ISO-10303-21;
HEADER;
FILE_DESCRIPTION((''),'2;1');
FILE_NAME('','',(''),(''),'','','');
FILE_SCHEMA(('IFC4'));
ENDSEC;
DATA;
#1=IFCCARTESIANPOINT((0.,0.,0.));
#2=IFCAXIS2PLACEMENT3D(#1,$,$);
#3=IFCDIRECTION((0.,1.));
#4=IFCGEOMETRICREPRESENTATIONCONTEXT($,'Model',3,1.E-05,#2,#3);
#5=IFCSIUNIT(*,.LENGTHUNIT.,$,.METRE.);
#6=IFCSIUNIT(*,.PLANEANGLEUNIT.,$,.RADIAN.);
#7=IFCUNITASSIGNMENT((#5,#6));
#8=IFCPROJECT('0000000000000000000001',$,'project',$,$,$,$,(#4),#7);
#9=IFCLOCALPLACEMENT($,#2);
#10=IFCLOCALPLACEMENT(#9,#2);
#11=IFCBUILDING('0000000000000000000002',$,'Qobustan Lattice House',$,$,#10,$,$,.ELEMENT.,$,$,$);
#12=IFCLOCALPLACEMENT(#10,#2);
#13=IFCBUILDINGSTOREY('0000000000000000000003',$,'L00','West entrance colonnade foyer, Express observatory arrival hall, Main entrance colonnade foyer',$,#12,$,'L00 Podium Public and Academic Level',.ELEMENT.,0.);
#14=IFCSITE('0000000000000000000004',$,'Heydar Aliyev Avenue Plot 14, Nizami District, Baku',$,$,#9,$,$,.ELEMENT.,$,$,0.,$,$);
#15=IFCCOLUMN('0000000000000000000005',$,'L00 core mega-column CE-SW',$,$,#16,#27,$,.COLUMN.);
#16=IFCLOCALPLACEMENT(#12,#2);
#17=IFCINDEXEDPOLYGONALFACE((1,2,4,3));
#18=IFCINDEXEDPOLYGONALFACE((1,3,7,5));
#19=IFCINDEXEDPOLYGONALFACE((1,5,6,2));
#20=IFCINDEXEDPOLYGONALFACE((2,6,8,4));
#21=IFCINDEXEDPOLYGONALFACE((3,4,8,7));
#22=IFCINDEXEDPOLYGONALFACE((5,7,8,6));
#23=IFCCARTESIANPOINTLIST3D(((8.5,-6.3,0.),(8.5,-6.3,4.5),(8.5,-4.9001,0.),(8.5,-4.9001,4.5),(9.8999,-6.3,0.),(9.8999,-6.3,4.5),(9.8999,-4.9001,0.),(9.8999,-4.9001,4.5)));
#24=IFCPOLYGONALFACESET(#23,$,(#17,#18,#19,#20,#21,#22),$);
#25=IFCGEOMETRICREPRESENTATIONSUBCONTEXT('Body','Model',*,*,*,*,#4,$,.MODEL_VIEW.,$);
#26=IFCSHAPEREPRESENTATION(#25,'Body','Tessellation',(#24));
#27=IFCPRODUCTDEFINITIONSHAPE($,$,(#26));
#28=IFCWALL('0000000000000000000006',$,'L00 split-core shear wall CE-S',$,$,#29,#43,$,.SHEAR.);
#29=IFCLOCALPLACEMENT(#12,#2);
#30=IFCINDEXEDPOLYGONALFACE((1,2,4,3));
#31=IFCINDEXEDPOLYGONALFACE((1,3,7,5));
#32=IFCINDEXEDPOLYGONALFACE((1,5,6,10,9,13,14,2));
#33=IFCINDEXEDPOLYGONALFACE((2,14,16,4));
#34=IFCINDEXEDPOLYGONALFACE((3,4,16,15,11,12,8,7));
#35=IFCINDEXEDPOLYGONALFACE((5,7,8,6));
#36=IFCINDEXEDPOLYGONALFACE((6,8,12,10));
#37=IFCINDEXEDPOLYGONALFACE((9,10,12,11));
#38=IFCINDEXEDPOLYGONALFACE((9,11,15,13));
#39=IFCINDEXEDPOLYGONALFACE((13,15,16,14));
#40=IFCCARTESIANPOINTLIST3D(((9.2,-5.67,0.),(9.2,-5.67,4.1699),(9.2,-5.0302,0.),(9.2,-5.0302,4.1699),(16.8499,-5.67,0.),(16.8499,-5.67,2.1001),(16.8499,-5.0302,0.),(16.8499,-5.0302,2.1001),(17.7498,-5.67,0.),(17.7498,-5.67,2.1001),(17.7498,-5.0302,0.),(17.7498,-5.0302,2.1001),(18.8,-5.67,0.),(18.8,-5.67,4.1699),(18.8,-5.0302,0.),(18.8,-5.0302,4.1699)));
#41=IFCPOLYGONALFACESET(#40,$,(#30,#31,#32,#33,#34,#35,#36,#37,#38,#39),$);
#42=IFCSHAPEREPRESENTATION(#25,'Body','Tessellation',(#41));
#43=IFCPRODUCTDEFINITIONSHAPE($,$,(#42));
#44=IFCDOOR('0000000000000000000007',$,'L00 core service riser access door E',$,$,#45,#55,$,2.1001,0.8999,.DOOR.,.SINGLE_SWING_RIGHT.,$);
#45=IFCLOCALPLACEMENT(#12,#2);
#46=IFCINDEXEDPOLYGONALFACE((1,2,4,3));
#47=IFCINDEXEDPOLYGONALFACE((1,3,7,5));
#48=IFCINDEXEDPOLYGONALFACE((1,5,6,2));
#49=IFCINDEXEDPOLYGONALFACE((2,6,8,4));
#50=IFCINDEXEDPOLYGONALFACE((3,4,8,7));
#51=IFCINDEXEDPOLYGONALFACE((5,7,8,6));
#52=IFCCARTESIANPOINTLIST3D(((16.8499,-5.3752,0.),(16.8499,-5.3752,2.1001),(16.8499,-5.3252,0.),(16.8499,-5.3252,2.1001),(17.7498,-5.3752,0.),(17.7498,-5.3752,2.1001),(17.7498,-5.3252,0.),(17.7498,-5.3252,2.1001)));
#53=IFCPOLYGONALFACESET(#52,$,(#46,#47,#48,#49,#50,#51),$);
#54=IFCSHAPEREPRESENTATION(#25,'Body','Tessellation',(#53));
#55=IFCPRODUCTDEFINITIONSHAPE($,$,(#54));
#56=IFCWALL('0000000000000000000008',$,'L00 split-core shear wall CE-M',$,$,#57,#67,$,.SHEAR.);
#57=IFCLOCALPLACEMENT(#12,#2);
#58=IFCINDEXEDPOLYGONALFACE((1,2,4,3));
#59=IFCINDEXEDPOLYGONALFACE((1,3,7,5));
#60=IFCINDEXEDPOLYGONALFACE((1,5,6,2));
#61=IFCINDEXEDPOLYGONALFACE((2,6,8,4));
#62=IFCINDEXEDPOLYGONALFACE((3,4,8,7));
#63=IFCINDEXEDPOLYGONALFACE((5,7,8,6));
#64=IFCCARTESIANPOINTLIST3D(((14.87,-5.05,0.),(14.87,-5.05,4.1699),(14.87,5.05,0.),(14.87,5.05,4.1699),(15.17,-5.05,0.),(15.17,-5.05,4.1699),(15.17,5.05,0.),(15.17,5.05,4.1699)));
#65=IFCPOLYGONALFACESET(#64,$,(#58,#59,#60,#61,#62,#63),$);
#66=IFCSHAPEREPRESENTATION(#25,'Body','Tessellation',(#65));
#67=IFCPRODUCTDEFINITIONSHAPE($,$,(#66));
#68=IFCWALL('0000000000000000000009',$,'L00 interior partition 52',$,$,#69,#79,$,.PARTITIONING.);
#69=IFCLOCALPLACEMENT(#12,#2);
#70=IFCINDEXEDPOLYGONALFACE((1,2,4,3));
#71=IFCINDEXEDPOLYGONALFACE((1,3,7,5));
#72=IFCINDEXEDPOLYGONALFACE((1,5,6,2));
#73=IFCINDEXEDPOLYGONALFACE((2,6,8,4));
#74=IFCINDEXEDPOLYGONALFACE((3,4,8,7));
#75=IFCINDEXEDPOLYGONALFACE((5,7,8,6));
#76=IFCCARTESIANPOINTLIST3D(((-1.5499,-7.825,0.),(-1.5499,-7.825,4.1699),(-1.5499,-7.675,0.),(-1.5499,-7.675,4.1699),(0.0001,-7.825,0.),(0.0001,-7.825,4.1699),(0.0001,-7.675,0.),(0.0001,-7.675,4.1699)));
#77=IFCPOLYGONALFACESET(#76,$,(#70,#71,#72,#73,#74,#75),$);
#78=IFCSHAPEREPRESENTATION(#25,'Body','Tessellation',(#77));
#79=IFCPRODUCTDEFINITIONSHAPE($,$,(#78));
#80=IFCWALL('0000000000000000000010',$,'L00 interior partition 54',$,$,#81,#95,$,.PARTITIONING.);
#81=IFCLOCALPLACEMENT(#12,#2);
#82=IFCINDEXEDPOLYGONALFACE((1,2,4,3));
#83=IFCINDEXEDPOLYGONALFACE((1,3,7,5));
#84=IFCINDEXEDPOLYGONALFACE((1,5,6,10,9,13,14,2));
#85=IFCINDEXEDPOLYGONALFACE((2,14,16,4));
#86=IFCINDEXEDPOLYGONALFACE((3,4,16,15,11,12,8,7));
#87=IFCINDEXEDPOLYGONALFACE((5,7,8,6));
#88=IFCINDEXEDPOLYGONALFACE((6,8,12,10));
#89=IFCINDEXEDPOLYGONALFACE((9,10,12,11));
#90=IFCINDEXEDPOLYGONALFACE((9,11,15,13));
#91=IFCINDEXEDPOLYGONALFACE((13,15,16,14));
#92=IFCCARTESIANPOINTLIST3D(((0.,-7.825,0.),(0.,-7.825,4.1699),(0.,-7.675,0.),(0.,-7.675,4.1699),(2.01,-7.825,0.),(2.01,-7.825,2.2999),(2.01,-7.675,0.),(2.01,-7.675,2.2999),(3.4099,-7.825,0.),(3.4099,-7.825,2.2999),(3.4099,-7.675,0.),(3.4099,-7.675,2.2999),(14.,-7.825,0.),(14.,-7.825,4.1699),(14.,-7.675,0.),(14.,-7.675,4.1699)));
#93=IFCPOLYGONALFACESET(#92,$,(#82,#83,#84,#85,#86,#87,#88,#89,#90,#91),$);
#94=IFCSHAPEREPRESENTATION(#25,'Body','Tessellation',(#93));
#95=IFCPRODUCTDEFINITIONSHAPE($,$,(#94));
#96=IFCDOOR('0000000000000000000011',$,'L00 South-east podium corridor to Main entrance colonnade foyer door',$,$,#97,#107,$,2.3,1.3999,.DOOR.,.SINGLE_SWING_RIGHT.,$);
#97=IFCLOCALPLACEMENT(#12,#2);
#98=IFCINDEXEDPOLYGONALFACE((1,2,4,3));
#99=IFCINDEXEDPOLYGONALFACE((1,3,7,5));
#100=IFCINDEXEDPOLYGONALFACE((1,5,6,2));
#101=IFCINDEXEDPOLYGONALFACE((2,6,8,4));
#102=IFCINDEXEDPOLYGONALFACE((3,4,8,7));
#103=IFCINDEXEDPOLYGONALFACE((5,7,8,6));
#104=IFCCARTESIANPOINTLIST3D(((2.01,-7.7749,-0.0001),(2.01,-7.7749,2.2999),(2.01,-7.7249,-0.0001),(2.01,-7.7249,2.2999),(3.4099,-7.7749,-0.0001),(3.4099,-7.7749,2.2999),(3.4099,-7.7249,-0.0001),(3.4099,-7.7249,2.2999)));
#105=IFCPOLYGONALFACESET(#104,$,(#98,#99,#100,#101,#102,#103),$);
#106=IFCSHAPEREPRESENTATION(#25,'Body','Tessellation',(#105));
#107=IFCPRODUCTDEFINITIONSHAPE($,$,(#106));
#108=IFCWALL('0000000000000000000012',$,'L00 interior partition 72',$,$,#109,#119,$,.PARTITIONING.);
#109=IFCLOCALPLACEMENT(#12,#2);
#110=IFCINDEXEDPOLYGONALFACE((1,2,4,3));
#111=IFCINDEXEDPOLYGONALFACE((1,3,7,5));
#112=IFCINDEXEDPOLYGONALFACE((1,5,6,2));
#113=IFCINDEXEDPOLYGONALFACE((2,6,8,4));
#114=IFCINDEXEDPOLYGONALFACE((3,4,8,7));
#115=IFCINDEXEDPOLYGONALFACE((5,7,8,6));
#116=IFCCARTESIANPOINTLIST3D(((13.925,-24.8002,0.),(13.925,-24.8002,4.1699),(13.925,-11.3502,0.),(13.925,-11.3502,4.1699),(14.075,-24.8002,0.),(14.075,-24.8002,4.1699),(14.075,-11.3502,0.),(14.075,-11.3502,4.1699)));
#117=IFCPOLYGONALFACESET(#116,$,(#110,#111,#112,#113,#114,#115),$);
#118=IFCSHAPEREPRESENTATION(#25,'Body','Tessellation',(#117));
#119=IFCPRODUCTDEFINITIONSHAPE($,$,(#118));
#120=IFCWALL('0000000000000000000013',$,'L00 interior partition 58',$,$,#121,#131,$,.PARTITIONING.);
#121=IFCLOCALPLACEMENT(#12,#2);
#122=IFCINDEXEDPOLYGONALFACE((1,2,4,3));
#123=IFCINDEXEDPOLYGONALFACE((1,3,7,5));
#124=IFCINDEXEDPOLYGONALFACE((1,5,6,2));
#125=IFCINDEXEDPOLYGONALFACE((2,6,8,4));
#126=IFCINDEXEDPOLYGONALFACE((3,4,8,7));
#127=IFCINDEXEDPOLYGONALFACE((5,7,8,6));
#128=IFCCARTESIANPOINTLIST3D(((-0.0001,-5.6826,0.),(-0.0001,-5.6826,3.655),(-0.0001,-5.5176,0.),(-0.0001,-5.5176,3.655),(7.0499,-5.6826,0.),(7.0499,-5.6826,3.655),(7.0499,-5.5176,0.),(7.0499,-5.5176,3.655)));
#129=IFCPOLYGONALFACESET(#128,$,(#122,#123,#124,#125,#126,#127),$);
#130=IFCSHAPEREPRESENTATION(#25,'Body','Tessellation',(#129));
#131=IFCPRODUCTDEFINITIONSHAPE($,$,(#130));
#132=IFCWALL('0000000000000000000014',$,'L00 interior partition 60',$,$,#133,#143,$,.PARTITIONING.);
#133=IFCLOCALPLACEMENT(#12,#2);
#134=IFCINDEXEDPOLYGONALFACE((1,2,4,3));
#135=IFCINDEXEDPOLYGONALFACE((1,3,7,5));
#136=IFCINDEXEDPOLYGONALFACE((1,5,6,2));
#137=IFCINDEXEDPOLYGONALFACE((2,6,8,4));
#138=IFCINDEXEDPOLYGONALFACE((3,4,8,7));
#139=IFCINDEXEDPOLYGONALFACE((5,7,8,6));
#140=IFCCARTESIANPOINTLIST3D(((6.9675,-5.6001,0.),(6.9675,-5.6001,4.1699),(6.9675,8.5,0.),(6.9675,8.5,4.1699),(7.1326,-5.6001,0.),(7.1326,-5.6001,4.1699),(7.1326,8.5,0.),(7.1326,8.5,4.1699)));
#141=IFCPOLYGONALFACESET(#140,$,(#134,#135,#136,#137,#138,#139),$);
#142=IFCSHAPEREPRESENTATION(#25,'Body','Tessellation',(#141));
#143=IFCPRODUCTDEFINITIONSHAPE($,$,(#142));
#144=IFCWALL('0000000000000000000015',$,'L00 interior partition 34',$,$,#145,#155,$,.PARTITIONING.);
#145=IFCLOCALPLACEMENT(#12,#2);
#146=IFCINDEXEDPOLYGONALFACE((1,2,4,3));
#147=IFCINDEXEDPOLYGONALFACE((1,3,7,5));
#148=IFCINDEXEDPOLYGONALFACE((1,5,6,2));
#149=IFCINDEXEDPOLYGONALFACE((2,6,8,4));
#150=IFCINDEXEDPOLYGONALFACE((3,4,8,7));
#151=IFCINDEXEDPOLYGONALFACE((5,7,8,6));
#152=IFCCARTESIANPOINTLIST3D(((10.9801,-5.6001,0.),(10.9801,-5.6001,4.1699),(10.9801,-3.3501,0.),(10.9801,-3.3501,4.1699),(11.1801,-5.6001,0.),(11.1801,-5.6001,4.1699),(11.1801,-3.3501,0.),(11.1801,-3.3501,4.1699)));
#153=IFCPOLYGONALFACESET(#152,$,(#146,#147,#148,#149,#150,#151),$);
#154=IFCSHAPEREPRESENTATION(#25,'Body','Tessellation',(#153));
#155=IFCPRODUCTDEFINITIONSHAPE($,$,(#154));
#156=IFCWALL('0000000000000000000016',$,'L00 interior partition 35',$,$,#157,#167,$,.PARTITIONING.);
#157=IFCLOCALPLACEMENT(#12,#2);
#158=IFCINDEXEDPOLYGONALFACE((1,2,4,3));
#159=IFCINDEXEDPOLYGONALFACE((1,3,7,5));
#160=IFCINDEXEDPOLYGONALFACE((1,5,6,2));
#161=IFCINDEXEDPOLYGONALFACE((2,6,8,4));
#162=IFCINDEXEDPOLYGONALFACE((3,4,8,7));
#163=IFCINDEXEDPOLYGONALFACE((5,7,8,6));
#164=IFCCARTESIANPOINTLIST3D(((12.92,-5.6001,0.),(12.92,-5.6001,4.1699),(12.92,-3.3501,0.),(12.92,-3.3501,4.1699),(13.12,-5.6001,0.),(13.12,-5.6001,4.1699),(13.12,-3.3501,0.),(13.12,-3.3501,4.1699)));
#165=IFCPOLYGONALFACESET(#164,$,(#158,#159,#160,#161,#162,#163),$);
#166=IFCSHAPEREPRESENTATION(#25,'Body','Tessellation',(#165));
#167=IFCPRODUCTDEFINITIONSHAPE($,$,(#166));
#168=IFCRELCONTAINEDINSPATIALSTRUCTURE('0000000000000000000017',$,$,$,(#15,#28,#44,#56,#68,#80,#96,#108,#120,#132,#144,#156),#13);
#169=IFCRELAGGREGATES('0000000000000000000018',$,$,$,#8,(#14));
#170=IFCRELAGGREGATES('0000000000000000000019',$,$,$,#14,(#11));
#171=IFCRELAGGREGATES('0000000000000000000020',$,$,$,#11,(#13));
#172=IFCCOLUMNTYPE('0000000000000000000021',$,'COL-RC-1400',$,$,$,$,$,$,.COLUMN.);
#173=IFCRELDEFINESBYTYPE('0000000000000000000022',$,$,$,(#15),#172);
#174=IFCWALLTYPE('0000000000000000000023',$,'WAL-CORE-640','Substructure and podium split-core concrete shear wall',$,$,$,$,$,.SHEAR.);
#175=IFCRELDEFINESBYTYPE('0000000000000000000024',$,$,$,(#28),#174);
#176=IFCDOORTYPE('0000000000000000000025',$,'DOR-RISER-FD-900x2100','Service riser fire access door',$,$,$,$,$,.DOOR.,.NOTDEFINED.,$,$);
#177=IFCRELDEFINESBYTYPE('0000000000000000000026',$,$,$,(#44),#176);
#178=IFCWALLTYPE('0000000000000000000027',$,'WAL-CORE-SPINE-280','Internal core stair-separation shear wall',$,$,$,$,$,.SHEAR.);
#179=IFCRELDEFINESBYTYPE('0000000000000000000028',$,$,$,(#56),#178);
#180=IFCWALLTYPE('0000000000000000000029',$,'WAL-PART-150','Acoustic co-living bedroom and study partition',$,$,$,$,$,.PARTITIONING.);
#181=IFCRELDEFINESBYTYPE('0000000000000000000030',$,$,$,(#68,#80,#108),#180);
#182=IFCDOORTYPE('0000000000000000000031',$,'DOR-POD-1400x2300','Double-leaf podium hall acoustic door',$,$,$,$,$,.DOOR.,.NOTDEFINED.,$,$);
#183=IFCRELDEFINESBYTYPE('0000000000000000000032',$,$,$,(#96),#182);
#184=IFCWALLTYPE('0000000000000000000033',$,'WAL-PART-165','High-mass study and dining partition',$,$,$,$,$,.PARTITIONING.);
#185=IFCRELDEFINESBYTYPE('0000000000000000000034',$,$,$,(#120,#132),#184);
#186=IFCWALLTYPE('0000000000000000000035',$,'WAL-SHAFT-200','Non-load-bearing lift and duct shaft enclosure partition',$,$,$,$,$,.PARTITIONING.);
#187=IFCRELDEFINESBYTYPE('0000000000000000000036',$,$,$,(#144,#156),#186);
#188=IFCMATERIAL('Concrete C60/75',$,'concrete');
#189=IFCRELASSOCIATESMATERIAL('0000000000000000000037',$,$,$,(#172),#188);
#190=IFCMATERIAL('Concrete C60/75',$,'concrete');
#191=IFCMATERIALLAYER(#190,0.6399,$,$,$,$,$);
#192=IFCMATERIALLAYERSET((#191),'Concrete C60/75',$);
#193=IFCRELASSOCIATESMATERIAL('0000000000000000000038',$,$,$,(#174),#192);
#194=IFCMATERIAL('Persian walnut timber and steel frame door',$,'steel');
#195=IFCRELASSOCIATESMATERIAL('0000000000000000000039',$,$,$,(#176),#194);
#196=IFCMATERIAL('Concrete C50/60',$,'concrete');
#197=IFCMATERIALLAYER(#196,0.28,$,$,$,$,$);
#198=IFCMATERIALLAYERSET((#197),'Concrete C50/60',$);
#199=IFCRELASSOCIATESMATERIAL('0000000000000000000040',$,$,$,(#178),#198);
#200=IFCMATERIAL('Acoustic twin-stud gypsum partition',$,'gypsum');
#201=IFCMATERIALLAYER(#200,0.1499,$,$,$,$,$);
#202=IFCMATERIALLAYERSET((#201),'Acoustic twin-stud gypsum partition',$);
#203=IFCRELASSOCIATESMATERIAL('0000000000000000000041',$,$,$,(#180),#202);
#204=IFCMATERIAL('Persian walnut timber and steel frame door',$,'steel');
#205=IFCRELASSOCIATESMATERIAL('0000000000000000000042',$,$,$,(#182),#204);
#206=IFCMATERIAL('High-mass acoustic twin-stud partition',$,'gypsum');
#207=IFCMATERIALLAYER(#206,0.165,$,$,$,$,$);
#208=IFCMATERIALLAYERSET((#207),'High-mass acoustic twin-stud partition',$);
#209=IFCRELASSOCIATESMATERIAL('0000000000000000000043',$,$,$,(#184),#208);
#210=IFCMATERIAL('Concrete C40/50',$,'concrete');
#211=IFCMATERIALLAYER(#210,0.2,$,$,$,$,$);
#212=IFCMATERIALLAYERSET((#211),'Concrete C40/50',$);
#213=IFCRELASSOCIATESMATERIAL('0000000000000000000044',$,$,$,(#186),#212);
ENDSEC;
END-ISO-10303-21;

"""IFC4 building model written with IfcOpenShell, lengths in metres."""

from ifc_helpers import new_model, si_unit, direction, frame, frame_2d, origin, origin_2d, place, context, subcontext, project, spatial, rectangle, extrude, material, layer, layer_set, material_profile, profile_set, type_object, element, fill, save


model = new_model("IFC4")

# Units and contexts
model_context = context("Model", 3, precision=1e-05, world=origin(), true_north=direction((0.0, 1.0)))
body_context = subcontext(model_context, "Body", "Model", "MODEL_VIEW")
ifc_project = project(units=[si_unit("LENGTHUNIT", "METRE"), si_unit("PLANEANGLEUNIT", "RADIAN")], contexts=[model_context])

# Site, building, storey
site_placement = place(None, origin())
site = spatial("IfcSite", under=ifc_project, at=site_placement, Name="Heydar Aliyev Avenue Plot 14, Nizami District, Baku", CompositionType="ELEMENT", RefElevation=0.0)
building_placement = place(site_placement, origin())
building = spatial("IfcBuilding", under=site, at=building_placement, Name="Qobustan Lattice House", CompositionType="ELEMENT")
storey_placement = place(building_placement, origin())
storey = spatial("IfcBuildingStorey", under=building, at=storey_placement, Name="L00", Description="West entrance colonnade foyer, Express observatory arrival hall, Main entrance colonnade foyer", LongName="L00 Podium Public and Academic Level", CompositionType="ELEMENT", Elevation=0.0)

# Column
ifc_material_1 = material(Name="Concrete C60/75", Category="concrete")
ifc_material_profile = material_profile(ifc_material_1, rectangle(XDim=1.3999, YDim=1.3999, at=origin_2d()), Name="RC1400x1400")
ifc_profile_set = profile_set([ifc_material_profile], Name="Concrete C60/75")
column_type = type_object("IfcColumnType", Name="COL-RC-1400", PredefinedType="COLUMN", material=ifc_profile_set)
column_placement = place(storey_placement, frame((9.2, -5.6001, 0.0), z_axis=(0.0, 0.0, 1.0), x_axis=(1.0, 0.0, 0.0)))
element("IfcColumn", 1, at=column_placement, inside=storey, type_object=column_type, Name="L00 core mega-column CE-SW", PredefinedType="COLUMN", context=body_context, shape_type="SweptSolid", body=[
    extrude(rectangle(XDim=1.3999, YDim=1.3999, at=origin_2d()), origin(), (0.0, 0.0, 1.0), 4.5),
])

# Wall, opening, door
ifc_material_2 = material(Name="Concrete C60/75", Category="concrete")
ifc_layer_1 = layer(ifc_material_2, 0.6399)
ifc_layer_set_1 = layer_set([ifc_layer_1], Name="Concrete C60/75")
wall_type_1 = type_object("IfcWallType", Name="WAL-CORE-640", Description="Substructure and podium split-core concrete shear wall", PredefinedType="SHEAR", material=ifc_layer_set_1)
wall_1_placement = place(storey_placement, frame((9.2, -5.3501, 0.0), z_axis=(0.0, 0.0, 1.0), x_axis=(1.0, 0.0, 0.0)))
wall_1 = element("IfcWall", 2, at=wall_1_placement, inside=storey, type_object=wall_type_1, Name="L00 split-core shear wall CE-S", PredefinedType="SHEAR", context=body_context, shape_type="SweptSolid", body=[
    extrude(rectangle(XDim=9.6001, YDim=0.6399, at=frame_2d((4.8, 0.0))), origin(), (0.0, 0.0, 1.0), 4.1699),
])
opening_1_placement = place(wall_1_placement, frame((7.6499, 0.0, 0.0)))
opening_1 = element("IfcOpeningElement", 3, at=opening_1_placement, cuts=wall_1, PredefinedType="OPENING", context=body_context, shape_type="SweptSolid", body=[
    extrude(rectangle(XDim=0.8999, YDim=2.1001, at=frame_2d((0.45, 1.05))), frame((0.0, 0.3298, 0.0), z_axis=(0.0, -1.0, 0.0), x_axis=(1.0, 0.0, 0.0)), (0.0, 0.0, 1.0), 0.6599),
])
ifc_material_3 = material(Name="Persian walnut timber and steel frame door", Category="steel")
door_type_1 = type_object("IfcDoorType", Name="DOR-RISER-FD-900x2100", Description="Service riser fire access door", OperationType="NOTDEFINED", PredefinedType="DOOR", material=ifc_material_3)
door_1_placement = place(opening_1_placement, origin())
door_1 = element("IfcDoor", 4, at=door_1_placement, inside=storey, type_object=door_type_1, Name="L00 core service riser access door E", OperationType="SINGLE_SWING_RIGHT", OverallHeight=2.1001, OverallWidth=0.8999, PredefinedType="DOOR", context=body_context, shape_type="SweptSolid", body=[
    extrude(rectangle(XDim=0.8999, YDim=2.1001, at=frame_2d((0.45, 1.05))), frame((0.0, 0.0249, 0.0), z_axis=(0.0, -1.0, 0.0), x_axis=(1.0, 0.0, 0.0)), (0.0, 0.0, 1.0), 0.05),
])
fill(opening_1, door_1)

# Walls
ifc_material_4 = material(Name="Concrete C50/60", Category="concrete")
ifc_layer_2 = layer(ifc_material_4, 0.28)
ifc_layer_set_2 = layer_set([ifc_layer_2], Name="Concrete C50/60")
wall_type_2 = type_object("IfcWallType", Name="WAL-CORE-SPINE-280", Description="Internal core stair-separation shear wall", PredefinedType="SHEAR", material=ifc_layer_set_2)
wall_2_placement = place(storey_placement, frame((15.02, -5.05, 0.0), z_axis=(0.0, 0.0, 1.0), x_axis=(0.0, 1.0, 0.0)))
element("IfcWall", 5, at=wall_2_placement, inside=storey, type_object=wall_type_2, Name="L00 split-core shear wall CE-M", PredefinedType="SHEAR", context=body_context, shape_type="SweptSolid", body=[
    extrude(rectangle(XDim=10.1001, YDim=0.3, at=frame_2d((5.05, 0.0))), origin(), (0.0, 0.0, 1.0), 4.1699),
])
ifc_material_5 = material(Name="Acoustic twin-stud gypsum partition", Category="gypsum")
ifc_layer_3 = layer(ifc_material_5, 0.1499)
ifc_layer_set_3 = layer_set([ifc_layer_3], Name="Acoustic twin-stud gypsum partition")
wall_type_3 = type_object("IfcWallType", Name="WAL-PART-150", Description="Acoustic co-living bedroom and study partition", PredefinedType="PARTITIONING", material=ifc_layer_set_3)
wall_3_placement = place(storey_placement, frame((0.0, -7.75, 0.0), z_axis=(0.0, 0.0, 1.0), x_axis=(-1.0, 0.0, 0.0)))
element("IfcWall", 6, at=wall_3_placement, inside=storey, type_object=wall_type_3, Name="L00 interior partition 52", PredefinedType="PARTITIONING", context=body_context, shape_type="SweptSolid", body=[
    extrude(rectangle(XDim=1.55, YDim=0.1499, at=frame_2d((0.7749, 0.0))), origin(), (0.0, 0.0, 1.0), 4.1699),
])

# Wall, opening, door
wall_4_placement = place(storey_placement, frame((14.0, -7.75, 0.0), z_axis=(0.0, 0.0, 1.0), x_axis=(-1.0, 0.0, 0.0)))
wall_4 = element("IfcWall", 7, at=wall_4_placement, inside=storey, type_object=wall_type_3, Name="L00 interior partition 54", PredefinedType="PARTITIONING", context=body_context, shape_type="SweptSolid", body=[
    extrude(rectangle(XDim=14.0, YDim=0.1499, at=frame_2d((7.0, 0.0))), origin(), (0.0, 0.0, 1.0), 4.1699),
])
opening_2_placement = place(wall_4_placement, frame((10.5901, 0.0, 0.0)))
opening_2 = element("IfcOpeningElement", 8, at=opening_2_placement, cuts=wall_4, PredefinedType="OPENING", context=body_context, shape_type="SweptSolid", body=[
    extrude(rectangle(XDim=1.3999, YDim=2.3, at=frame_2d((0.7, 1.1499))), frame((0.0, 0.085, 0.0), z_axis=(0.0, -1.0, 0.0), x_axis=(1.0, 0.0, 0.0)), (0.0, 0.0, 1.0), 0.1699),
])
ifc_material_6 = material(Name="Persian walnut timber and steel frame door", Category="steel")
door_type_2 = type_object("IfcDoorType", Name="DOR-POD-1400x2300", Description="Double-leaf podium hall acoustic door", OperationType="NOTDEFINED", PredefinedType="DOOR", material=ifc_material_6)
door_2_placement = place(opening_2_placement, origin())
door_2 = element("IfcDoor", 9, at=door_2_placement, inside=storey, type_object=door_type_2, Name="L00 South-east podium corridor to Main entrance colonnade foyer door", OperationType="SINGLE_SWING_RIGHT", OverallHeight=2.3, OverallWidth=1.3999, PredefinedType="DOOR", context=body_context, shape_type="SweptSolid", body=[
    extrude(rectangle(XDim=1.3999, YDim=2.3, at=frame_2d((0.7, 1.1499))), frame((0.0, 0.0249, 0.0), z_axis=(0.0, -1.0, 0.0), x_axis=(1.0, 0.0, 0.0)), (0.0, 0.0, 1.0), 0.05),
])
fill(opening_2, door_2)

# Walls
wall_5_placement = place(storey_placement, frame((14.0, -11.3501, 0.0), z_axis=(0.0, 0.0, 1.0), x_axis=(0.0, -1.0, 0.0)))
element("IfcWall", 10, at=wall_5_placement, inside=storey, type_object=wall_type_3, Name="L00 interior partition 72", PredefinedType="PARTITIONING", context=body_context, shape_type="SweptSolid", body=[
    extrude(rectangle(XDim=13.45, YDim=0.1499, at=frame_2d((6.7251, 0.0))), origin(), (0.0, 0.0, 1.0), 4.1699),
])
ifc_material_7 = material(Name="High-mass acoustic twin-stud partition", Category="gypsum")
ifc_layer_4 = layer(ifc_material_7, 0.165)
ifc_layer_set_4 = layer_set([ifc_layer_4], Name="High-mass acoustic twin-stud partition")
wall_type_4 = type_object("IfcWallType", Name="WAL-PART-165", Description="High-mass study and dining partition", PredefinedType="PARTITIONING", material=ifc_layer_set_4)
wall_6_placement = place(storey_placement, frame((0.0, -5.6001, 0.0), z_axis=(0.0, 0.0, 1.0), x_axis=(1.0, 0.0, 0.0)))
element("IfcWall", 11, at=wall_6_placement, inside=storey, type_object=wall_type_4, Name="L00 interior partition 58", PredefinedType="PARTITIONING", context=body_context, shape_type="SweptSolid", body=[
    extrude(rectangle(XDim=7.05, YDim=0.165, at=frame_2d((3.5249, 0.0))), origin(), (0.0, 0.0, 1.0), 3.655),
])
wall_7_placement = place(storey_placement, frame((7.05, -5.6001, 0.0), z_axis=(0.0, 0.0, 1.0), x_axis=(0.0, 1.0, 0.0)))
element("IfcWall", 12, at=wall_7_placement, inside=storey, type_object=wall_type_4, Name="L00 interior partition 60", PredefinedType="PARTITIONING", context=body_context, shape_type="SweptSolid", body=[
    extrude(rectangle(XDim=14.1001, YDim=0.165, at=frame_2d((7.05, 0.0))), origin(), (0.0, 0.0, 1.0), 4.1699),
])
ifc_material_8 = material(Name="Concrete C40/50", Category="concrete")
ifc_layer_5 = layer(ifc_material_8, 0.2)
ifc_layer_set_5 = layer_set([ifc_layer_5], Name="Concrete C40/50")
wall_type_5 = type_object("IfcWallType", Name="WAL-SHAFT-200", Description="Non-load-bearing lift and duct shaft enclosure partition", PredefinedType="PARTITIONING", material=ifc_layer_set_5)
for number, where, z_axis, x_axis, name in (
    (13, (11.0801, -5.6001, 0.0), (0.0, 0.0, 1.0), (0.0, 1.0, 0.0), "L00 interior partition 34"),
    (14, (13.02, -5.6001, 0.0), (0.0, 0.0, 1.0), (0.0, 1.0, 0.0), "L00 interior partition 35"),
):
    element("IfcWall", number, at=place(storey_placement, frame(where, z_axis=z_axis, x_axis=x_axis)), inside=storey, type_object=wall_type_5, Name=name, PredefinedType="PARTITIONING", context=body_context, shape_type="SweptSolid", body=[
        extrude(rectangle(XDim=2.25, YDim=0.2, at=frame_2d((1.125, 0.0))), origin(), (0.0, 0.0, 1.0), 4.1699),
    ])

save(model, "model.ifc")
